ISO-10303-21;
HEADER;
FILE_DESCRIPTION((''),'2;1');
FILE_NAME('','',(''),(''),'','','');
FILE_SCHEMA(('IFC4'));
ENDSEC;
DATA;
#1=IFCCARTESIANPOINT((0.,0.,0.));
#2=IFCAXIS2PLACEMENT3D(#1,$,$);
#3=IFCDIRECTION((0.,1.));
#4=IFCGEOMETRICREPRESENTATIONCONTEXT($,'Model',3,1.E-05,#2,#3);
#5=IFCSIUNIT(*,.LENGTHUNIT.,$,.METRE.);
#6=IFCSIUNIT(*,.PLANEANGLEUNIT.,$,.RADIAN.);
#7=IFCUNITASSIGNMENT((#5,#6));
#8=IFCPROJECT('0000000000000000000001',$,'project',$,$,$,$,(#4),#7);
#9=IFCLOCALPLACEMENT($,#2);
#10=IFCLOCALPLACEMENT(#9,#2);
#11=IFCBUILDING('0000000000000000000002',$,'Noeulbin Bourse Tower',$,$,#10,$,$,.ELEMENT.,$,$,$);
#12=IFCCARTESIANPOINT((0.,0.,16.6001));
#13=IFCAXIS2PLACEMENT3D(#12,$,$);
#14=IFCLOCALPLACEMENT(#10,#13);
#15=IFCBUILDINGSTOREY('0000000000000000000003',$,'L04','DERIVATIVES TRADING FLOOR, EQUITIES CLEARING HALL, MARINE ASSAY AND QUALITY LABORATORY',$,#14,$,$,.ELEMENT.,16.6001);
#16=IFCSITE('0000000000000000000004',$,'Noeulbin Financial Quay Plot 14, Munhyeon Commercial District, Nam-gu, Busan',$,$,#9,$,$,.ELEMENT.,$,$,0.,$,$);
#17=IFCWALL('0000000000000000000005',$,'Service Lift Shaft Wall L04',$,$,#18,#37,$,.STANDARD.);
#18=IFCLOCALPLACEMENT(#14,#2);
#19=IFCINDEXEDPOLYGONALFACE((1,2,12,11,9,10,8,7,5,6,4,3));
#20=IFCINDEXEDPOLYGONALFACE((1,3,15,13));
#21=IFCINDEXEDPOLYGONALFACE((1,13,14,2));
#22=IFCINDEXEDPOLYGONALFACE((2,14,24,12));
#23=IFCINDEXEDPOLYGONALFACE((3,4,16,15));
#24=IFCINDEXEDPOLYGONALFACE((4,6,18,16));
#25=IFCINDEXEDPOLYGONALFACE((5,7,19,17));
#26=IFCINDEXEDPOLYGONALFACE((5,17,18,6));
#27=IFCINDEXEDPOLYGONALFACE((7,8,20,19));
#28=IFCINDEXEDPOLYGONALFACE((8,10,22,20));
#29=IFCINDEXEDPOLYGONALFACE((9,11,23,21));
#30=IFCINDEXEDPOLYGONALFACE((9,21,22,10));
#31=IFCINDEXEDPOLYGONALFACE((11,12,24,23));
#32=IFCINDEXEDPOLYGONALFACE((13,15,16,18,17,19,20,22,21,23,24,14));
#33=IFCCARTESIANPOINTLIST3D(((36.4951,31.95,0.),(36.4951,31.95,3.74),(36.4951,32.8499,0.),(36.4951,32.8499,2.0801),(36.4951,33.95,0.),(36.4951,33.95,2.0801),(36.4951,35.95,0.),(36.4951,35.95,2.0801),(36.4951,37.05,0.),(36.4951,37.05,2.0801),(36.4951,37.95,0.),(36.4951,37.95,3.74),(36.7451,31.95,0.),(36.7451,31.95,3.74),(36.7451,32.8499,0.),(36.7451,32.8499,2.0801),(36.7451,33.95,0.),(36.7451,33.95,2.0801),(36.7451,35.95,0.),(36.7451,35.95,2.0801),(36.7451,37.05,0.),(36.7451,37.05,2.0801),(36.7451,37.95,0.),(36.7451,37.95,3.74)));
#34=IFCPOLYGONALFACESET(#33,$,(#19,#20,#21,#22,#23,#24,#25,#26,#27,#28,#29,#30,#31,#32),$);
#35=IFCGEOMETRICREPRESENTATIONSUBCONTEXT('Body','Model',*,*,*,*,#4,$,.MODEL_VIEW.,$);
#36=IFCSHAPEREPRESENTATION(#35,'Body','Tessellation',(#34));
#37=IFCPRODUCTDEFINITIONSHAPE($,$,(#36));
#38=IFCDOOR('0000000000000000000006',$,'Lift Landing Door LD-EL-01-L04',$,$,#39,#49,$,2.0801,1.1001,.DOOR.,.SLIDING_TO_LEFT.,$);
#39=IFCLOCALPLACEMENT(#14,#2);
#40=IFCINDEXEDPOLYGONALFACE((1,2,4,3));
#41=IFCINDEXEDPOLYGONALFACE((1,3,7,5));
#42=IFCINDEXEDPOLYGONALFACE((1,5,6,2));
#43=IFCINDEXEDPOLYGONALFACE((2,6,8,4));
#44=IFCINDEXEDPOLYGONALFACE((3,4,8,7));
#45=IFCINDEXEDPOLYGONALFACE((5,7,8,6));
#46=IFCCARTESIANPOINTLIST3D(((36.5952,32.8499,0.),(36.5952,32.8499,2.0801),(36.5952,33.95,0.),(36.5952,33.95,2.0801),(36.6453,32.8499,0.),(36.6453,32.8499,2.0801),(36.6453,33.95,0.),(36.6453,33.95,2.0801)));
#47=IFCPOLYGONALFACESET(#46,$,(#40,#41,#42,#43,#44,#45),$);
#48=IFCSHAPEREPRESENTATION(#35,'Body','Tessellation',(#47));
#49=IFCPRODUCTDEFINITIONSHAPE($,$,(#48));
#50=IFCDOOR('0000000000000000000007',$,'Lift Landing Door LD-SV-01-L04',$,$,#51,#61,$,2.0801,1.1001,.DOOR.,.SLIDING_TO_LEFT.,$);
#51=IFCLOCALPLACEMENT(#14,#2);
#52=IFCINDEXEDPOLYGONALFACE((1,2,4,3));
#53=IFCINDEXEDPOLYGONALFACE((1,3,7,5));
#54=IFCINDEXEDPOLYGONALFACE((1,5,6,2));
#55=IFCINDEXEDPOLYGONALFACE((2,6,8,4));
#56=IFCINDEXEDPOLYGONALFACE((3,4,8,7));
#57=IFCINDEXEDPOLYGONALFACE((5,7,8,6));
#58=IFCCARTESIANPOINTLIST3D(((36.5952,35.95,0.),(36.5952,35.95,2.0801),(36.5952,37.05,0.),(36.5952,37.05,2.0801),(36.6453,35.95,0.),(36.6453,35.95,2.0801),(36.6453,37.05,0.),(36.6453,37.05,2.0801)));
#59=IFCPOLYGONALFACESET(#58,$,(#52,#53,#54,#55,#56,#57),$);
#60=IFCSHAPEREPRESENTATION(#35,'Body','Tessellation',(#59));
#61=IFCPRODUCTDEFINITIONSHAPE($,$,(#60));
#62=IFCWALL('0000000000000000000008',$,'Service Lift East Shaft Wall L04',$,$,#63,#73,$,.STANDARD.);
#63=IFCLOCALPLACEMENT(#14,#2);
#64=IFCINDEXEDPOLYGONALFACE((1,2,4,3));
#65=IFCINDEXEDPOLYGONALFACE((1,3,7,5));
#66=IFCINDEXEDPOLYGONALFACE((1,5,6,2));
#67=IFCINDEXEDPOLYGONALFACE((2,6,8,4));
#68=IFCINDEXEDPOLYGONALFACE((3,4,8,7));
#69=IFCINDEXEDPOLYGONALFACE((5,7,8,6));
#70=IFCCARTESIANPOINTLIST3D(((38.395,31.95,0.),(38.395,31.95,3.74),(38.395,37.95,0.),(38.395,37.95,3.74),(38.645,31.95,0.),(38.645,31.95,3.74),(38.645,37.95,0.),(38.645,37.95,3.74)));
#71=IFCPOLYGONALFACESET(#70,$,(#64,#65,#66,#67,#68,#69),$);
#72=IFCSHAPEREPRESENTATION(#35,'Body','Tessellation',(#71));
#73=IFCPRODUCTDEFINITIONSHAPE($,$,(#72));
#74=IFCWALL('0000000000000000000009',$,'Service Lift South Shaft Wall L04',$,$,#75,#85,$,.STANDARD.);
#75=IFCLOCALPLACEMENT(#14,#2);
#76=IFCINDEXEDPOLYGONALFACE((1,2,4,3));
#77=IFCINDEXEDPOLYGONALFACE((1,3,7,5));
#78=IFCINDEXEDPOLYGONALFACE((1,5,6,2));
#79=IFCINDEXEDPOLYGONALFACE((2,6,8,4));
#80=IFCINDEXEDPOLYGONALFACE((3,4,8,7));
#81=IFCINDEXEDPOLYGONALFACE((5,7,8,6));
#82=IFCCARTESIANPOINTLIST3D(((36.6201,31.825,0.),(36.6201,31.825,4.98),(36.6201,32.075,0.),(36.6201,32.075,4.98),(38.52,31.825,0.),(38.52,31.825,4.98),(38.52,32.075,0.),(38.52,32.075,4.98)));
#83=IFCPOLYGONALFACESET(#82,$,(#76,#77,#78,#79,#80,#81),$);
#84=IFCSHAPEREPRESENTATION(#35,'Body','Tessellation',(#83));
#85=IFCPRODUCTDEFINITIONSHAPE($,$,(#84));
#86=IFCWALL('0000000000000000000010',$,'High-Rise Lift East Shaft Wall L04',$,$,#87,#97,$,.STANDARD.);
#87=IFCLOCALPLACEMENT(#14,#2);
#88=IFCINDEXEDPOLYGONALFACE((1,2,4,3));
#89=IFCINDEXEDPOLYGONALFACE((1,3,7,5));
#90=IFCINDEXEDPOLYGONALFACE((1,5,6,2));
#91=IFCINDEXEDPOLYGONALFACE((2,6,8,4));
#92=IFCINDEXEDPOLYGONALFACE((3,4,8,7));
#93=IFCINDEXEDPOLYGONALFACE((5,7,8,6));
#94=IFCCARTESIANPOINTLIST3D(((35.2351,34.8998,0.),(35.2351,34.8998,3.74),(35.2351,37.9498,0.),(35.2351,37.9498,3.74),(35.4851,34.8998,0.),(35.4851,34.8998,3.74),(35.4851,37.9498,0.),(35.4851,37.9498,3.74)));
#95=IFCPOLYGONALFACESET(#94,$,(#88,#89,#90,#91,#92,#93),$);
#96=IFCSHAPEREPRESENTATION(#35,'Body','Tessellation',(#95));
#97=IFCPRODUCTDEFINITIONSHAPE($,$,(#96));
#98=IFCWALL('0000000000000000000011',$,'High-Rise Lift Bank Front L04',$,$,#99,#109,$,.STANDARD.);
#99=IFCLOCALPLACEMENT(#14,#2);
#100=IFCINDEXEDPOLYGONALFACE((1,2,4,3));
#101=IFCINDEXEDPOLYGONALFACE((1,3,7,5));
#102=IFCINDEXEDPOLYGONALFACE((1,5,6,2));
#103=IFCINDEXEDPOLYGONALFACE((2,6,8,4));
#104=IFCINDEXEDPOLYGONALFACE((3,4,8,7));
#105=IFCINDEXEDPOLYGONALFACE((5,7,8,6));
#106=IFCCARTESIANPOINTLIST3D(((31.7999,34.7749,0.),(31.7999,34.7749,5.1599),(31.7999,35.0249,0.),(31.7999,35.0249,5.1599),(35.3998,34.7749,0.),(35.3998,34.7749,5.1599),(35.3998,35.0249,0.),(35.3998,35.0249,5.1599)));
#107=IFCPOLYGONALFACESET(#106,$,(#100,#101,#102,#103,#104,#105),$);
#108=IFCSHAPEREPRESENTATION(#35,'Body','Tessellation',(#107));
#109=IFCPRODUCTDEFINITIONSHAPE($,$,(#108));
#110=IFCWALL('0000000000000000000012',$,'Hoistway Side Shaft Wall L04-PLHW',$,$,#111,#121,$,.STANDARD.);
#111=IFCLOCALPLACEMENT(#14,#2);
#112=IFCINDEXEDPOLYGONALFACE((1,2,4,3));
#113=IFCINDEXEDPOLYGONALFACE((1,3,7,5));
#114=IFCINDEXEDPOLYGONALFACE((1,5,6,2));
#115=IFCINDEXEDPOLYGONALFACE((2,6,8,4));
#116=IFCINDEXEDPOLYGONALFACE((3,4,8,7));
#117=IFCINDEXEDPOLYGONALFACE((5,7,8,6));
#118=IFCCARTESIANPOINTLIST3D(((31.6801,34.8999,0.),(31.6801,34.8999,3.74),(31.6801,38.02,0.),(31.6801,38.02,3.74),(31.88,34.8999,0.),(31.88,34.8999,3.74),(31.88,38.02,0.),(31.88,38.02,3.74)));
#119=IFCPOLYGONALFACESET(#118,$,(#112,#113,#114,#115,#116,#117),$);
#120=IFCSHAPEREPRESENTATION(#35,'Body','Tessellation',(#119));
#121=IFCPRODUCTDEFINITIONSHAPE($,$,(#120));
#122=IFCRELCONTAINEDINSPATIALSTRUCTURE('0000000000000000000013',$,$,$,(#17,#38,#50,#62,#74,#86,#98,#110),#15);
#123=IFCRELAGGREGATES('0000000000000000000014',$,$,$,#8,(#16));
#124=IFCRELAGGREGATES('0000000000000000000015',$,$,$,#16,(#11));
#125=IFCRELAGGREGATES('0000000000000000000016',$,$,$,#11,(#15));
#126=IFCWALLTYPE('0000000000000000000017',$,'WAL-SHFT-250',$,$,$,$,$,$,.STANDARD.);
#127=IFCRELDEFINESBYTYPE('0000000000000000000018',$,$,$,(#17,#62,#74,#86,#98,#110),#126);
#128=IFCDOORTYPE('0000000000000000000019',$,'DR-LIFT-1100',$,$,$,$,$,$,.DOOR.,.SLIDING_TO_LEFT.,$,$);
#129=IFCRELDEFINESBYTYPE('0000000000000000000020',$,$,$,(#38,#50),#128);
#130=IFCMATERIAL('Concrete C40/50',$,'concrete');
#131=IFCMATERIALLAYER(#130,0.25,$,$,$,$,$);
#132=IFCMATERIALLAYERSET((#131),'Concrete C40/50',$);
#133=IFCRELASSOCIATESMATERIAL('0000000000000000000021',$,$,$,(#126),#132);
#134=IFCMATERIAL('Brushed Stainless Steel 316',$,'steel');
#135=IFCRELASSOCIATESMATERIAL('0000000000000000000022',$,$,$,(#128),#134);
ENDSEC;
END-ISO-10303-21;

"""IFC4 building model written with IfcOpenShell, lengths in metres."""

from ifc_helpers import new_model, si_unit, direction, frame, frame_2d, origin, place, context, subcontext, project, spatial, rectangle, extrude, material, layer, layer_set, type_object, element, fill, save


model = new_model("IFC4")

# Units and contexts
model_context = context("Model", 3, precision=1e-05, world=origin(), true_north=direction((0.0, 1.0)))
body_context = subcontext(model_context, "Body", "Model", "MODEL_VIEW")
ifc_project = project(units=[si_unit("LENGTHUNIT", "METRE"), si_unit("PLANEANGLEUNIT", "RADIAN")], contexts=[model_context])

# Site, building, storey
site_placement = place(None, origin())
site = spatial("IfcSite", under=ifc_project, at=site_placement, Name="Noeulbin Financial Quay Plot 14, Munhyeon Commercial District, Nam-gu, Busan", CompositionType="ELEMENT", RefElevation=0.0)
building_placement = place(site_placement, origin())
building = spatial("IfcBuilding", under=site, at=building_placement, Name="Noeulbin Bourse Tower", CompositionType="ELEMENT")
storey_placement = place(building_placement, frame((0.0, 0.0, 16.6001)))
storey = spatial("IfcBuildingStorey", under=building, at=storey_placement, Name="L04", Description="DERIVATIVES TRADING FLOOR, EQUITIES CLEARING HALL, MARINE ASSAY AND QUALITY LABORATORY", CompositionType="ELEMENT", Elevation=16.6001)

# Shared definitions
ifc_material_1 = material(Name="Concrete C40/50", Category="concrete")

# Shared definitions
ifc_layer_1 = layer(ifc_material_1, 0.25)
ifc_layer_set_1 = layer_set([ifc_layer_1], Name="Concrete C40/50")
wall_type_1 = type_object("IfcWallType", Name="WAL-SHFT-250", PredefinedType="STANDARD", material=ifc_layer_set_1)

# Wall, openings, doors
wall_1_placement = place(storey_placement, frame((36.6201, 31.95, 0.0), z_axis=(0.0, 0.0, 1.0), x_axis=(0.0, 1.0, 0.0)))
wall_1 = element("IfcWall", 1, at=wall_1_placement, inside=storey, type_object=wall_type_1, Name="Service Lift Shaft Wall L04", PredefinedType="STANDARD", context=body_context, shape_type="SweptSolid", body=[
    extrude(rectangle(XDim=6.0, YDim=0.25, at=frame_2d((3.0, 0.0))), origin(), (0.0, 0.0, 1.0), 3.74),
])
opening_1_placement = place(wall_1_placement, frame((0.8999, 0.0, 0.0)))
opening_1 = element("IfcOpeningElement", 2, at=opening_1_placement, cuts=wall_1, PredefinedType="OPENING", context=body_context, shape_type="SweptSolid", body=[
    extrude(rectangle(XDim=1.1001, YDim=2.0801, at=frame_2d((0.55, 1.04))), frame((0.0, 0.135, 0.0), z_axis=(0.0, -1.0, 0.0), x_axis=(1.0, 0.0, 0.0)), (0.0, 0.0, 1.0), 0.27),
])
opening_2_placement = place(wall_1_placement, frame((4.0, 0.0, 0.0)))
opening_2 = element("IfcOpeningElement", 3, at=opening_2_placement, cuts=wall_1, PredefinedType="OPENING", context=body_context, shape_type="SweptSolid", body=[
    extrude(rectangle(XDim=1.1001, YDim=2.0801, at=frame_2d((0.55, 1.04))), frame((0.0, 0.135, 0.0), z_axis=(0.0, -1.0, 0.0), x_axis=(1.0, 0.0, 0.0)), (0.0, 0.0, 1.0), 0.27),
])
ifc_material_2 = material(Name="Brushed Stainless Steel 316", Category="steel")
door_type_1 = type_object("IfcDoorType", Name="DR-LIFT-1100", OperationType="SLIDING_TO_LEFT", PredefinedType="DOOR", material=ifc_material_2)
door_1_placement = place(opening_1_placement, origin())
door_1 = element("IfcDoor", 4, at=door_1_placement, inside=storey, type_object=door_type_1, Name="Lift Landing Door LD-EL-01-L04", OperationType="SLIDING_TO_LEFT", OverallHeight=2.0801, OverallWidth=1.1001, PredefinedType="DOOR", context=body_context, shape_type="SweptSolid", body=[
    extrude(rectangle(XDim=1.1001, YDim=2.0801, at=frame_2d((0.55, 1.04))), frame((0.0, 0.0249, 0.0), z_axis=(0.0, -1.0, 0.0), x_axis=(1.0, 0.0, 0.0)), (0.0, 0.0, 1.0), 0.05),
])
fill(opening_1, door_1)
door_2_placement = place(opening_2_placement, origin())
door_2 = element("IfcDoor", 5, at=door_2_placement, inside=storey, type_object=door_type_1, Name="Lift Landing Door LD-SV-01-L04", OperationType="SLIDING_TO_LEFT", OverallHeight=2.0801, OverallWidth=1.1001, PredefinedType="DOOR", context=body_context, shape_type="SweptSolid", body=[
    extrude(rectangle(XDim=1.1001, YDim=2.0801, at=frame_2d((0.55, 1.04))), frame((0.0, 0.0249, 0.0), z_axis=(0.0, -1.0, 0.0), x_axis=(1.0, 0.0, 0.0)), (0.0, 0.0, 1.0), 0.05),
])
fill(opening_2, door_2)

# Walls
wall_2_placement = place(storey_placement, frame((38.52, 31.95, 0.0), z_axis=(0.0, 0.0, 1.0), x_axis=(0.0, 1.0, 0.0)))
element("IfcWall", 6, at=wall_2_placement, inside=storey, type_object=wall_type_1, Name="Service Lift East Shaft Wall L04", PredefinedType="STANDARD", context=body_context, shape_type="SweptSolid", body=[
    extrude(rectangle(XDim=6.0, YDim=0.25, at=frame_2d((3.0, 0.0))), origin(), (0.0, 0.0, 1.0), 3.74),
])
wall_3_placement = place(storey_placement, frame((36.6201, 31.95, 0.0), z_axis=(0.0, 0.0, 1.0), x_axis=(1.0, 0.0, 0.0)))
element("IfcWall", 7, at=wall_3_placement, inside=storey, type_object=wall_type_1, Name="Service Lift South Shaft Wall L04", PredefinedType="STANDARD", context=body_context, shape_type="SweptSolid", body=[
    extrude(rectangle(XDim=1.8999, YDim=0.25, at=frame_2d((0.95, 0.0))), origin(), (0.0, 0.0, 1.0), 4.98),
])
wall_4_placement = place(storey_placement, frame((35.3601, 34.8999, 0.0), z_axis=(0.0, 0.0, 1.0), x_axis=(0.0, 1.0, 0.0)))
element("IfcWall", 8, at=wall_4_placement, inside=storey, type_object=wall_type_1, Name="High-Rise Lift East Shaft Wall L04", PredefinedType="STANDARD", context=body_context, shape_type="SweptSolid", body=[
    extrude(rectangle(XDim=3.05, YDim=0.25, at=frame_2d((1.5249, 0.0))), origin(), (0.0, 0.0, 1.0), 3.74),
])
wall_5_placement = place(storey_placement, frame((31.8, 34.8999, 0.0), z_axis=(0.0, 0.0, 1.0), x_axis=(1.0, 0.0, 0.0)))
element("IfcWall", 9, at=wall_5_placement, inside=storey, type_object=wall_type_1, Name="High-Rise Lift Bank Front L04", PredefinedType="STANDARD", context=body_context, shape_type="SweptSolid", body=[
    extrude(rectangle(XDim=3.5999, YDim=0.25, at=frame_2d((1.7998, 0.0))), origin(), (0.0, 0.0, 1.0), 5.1599),
])
wall_6_placement = place(storey_placement, frame((31.78, 34.8999, 0.0), z_axis=(0.0, 0.0, 1.0), x_axis=(0.0, 1.0, 0.0)))
element("IfcWall", 10, at=wall_6_placement, inside=storey, type_object=wall_type_1, Name="Hoistway Side Shaft Wall L04-PLHW", PredefinedType="STANDARD", context=body_context, shape_type="SweptSolid", body=[
    extrude(rectangle(XDim=3.1201, YDim=0.2, at=frame_2d((1.5601, 0.0))), origin(), (0.0, 0.0, 1.0), 3.74),
])

save(model, "model.ifc")
